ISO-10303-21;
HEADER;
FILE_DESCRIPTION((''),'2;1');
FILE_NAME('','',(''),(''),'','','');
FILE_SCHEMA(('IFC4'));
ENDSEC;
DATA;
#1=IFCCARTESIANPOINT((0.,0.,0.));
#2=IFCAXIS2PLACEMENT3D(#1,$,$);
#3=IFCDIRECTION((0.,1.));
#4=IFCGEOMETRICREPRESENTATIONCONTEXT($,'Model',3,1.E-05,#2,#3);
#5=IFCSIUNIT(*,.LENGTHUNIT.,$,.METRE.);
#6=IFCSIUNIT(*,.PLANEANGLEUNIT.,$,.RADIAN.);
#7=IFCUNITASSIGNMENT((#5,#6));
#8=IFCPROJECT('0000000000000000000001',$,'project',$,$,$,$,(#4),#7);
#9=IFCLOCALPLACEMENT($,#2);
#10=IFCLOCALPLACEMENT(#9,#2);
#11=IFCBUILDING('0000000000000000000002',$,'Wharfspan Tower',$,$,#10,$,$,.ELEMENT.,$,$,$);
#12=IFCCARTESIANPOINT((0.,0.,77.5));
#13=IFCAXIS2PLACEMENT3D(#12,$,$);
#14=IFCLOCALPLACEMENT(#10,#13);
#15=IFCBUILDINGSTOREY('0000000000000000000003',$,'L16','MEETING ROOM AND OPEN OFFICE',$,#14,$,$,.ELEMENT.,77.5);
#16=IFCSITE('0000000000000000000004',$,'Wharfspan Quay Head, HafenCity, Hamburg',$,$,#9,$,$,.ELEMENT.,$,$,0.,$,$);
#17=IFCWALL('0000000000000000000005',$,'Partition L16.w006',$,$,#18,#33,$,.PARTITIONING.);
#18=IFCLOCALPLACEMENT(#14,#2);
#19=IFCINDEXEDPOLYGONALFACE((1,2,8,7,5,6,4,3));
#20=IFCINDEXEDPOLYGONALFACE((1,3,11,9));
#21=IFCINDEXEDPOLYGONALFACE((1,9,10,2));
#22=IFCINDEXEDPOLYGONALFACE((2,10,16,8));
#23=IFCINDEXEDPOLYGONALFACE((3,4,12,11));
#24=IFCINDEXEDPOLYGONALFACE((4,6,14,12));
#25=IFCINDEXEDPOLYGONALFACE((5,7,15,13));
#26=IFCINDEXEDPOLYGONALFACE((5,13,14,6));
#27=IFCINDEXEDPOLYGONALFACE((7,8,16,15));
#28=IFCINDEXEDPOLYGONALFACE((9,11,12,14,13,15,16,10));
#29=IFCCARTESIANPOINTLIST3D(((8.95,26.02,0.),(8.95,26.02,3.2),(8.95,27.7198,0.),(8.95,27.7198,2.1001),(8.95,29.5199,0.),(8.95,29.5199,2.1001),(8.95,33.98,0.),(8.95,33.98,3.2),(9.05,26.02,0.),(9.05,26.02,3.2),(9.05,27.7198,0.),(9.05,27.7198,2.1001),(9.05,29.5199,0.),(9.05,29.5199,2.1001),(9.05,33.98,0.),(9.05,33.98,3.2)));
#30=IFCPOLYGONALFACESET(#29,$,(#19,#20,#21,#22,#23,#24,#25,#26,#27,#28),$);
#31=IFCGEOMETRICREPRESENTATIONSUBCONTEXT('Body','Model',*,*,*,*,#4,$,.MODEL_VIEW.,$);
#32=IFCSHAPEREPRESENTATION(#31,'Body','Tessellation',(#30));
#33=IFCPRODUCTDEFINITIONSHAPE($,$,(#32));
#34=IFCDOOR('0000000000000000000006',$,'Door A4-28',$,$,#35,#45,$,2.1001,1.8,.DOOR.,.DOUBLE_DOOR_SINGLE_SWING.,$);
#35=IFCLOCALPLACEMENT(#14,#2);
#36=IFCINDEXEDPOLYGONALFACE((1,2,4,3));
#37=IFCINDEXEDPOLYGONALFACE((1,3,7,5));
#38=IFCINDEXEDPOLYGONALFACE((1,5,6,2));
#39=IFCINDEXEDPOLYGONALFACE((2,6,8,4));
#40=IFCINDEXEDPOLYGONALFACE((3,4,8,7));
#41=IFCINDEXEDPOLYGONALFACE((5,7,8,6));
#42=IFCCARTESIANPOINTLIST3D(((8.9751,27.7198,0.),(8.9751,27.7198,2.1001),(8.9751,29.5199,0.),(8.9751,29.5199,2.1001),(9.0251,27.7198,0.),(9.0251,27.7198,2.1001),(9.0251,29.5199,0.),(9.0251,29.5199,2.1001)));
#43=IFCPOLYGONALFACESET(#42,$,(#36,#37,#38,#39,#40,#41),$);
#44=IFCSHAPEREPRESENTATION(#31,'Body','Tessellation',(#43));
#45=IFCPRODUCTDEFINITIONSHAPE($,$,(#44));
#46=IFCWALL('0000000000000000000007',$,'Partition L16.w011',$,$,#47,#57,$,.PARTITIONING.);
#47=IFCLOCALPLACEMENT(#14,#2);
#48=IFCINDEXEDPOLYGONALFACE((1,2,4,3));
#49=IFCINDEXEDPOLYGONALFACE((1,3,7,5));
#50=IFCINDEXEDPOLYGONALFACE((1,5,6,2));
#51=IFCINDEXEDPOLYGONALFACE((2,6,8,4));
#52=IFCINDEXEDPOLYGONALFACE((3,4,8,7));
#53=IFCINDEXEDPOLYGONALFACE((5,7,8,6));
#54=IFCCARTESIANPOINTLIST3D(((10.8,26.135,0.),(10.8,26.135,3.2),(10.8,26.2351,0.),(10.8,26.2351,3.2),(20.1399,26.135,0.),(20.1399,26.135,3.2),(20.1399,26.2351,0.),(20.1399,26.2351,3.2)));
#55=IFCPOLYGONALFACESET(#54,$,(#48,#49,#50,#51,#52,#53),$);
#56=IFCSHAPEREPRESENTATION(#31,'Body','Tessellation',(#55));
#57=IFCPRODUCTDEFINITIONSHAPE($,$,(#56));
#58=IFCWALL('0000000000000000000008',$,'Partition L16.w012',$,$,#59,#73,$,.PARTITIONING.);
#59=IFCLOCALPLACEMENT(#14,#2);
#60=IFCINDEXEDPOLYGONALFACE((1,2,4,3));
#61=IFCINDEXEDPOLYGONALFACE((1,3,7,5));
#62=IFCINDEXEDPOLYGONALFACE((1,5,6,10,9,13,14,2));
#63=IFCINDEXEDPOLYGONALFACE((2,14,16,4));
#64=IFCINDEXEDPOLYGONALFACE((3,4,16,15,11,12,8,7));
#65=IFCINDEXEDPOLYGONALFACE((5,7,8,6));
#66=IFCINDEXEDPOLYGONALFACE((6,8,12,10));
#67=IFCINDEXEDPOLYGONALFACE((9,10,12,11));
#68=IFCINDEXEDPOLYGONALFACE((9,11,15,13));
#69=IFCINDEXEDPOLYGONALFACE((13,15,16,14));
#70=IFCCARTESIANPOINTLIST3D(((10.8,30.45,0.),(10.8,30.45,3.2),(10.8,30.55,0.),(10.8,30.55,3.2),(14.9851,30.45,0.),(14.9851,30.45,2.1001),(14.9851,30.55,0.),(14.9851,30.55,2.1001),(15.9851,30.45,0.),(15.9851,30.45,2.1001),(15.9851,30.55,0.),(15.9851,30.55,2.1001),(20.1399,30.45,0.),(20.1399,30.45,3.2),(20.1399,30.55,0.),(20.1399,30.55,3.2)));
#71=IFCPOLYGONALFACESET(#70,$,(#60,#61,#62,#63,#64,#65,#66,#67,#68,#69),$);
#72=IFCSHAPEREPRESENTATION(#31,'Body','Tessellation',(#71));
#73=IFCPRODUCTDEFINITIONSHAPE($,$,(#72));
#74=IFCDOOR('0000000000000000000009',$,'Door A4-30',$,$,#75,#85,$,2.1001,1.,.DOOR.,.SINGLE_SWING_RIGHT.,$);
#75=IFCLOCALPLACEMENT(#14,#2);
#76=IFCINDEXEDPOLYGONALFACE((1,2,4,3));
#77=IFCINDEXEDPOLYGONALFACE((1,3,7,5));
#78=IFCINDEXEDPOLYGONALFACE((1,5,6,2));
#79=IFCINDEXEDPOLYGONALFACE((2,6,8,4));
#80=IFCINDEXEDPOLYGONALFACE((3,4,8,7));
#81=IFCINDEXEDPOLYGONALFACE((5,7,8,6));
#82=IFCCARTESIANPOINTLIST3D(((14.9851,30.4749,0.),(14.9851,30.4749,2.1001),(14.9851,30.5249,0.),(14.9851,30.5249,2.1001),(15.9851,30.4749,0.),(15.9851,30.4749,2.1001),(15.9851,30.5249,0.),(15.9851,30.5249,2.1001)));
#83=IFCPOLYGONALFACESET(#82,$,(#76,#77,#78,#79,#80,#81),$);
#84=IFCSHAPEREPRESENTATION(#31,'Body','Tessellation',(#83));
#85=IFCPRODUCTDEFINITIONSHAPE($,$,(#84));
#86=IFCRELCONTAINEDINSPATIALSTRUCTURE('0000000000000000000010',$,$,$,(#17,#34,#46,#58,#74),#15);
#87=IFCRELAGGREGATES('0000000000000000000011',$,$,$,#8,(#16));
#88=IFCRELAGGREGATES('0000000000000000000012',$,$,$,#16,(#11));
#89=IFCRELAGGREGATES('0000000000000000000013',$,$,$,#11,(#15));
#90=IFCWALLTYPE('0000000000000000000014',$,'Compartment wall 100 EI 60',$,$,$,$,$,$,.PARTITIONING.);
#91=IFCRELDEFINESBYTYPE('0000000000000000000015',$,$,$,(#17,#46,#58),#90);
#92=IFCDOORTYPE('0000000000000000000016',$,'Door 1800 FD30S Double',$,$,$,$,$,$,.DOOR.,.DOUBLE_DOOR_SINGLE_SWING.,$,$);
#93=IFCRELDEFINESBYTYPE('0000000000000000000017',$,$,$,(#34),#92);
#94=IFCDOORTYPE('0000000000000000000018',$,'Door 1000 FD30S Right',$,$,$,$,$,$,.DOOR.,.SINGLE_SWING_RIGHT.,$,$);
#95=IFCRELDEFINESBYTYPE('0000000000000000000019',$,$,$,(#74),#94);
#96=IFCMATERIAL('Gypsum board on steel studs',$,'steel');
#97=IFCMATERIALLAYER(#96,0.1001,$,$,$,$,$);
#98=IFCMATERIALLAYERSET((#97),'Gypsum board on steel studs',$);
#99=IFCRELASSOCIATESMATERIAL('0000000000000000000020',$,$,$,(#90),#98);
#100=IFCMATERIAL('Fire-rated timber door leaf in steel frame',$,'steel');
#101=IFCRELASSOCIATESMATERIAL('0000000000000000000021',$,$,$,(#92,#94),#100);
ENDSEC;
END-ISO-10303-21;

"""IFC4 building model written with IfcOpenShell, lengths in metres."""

from ifc_helpers import new_model, si_unit, direction, frame, frame_2d, origin, place, context, subcontext, project, spatial, rectangle, extrude, material, layer, layer_set, type_object, element, fill, save


model = new_model("IFC4")

# Units and contexts
model_context = context("Model", 3, precision=1e-05, world=origin(), true_north=direction((0.0, 1.0)))
body_context = subcontext(model_context, "Body", "Model", "MODEL_VIEW")
ifc_project = project(units=[si_unit("LENGTHUNIT", "METRE"), si_unit("PLANEANGLEUNIT", "RADIAN")], contexts=[model_context])

# Site, building, storey
site_placement = place(None, origin())
site = spatial("IfcSite", under=ifc_project, at=site_placement, Name="Wharfspan Quay Head, HafenCity, Hamburg", CompositionType="ELEMENT", RefElevation=0.0)
building_placement = place(site_placement, origin())
building = spatial("IfcBuilding", under=site, at=building_placement, Name="Wharfspan Tower", CompositionType="ELEMENT")
storey_placement = place(building_placement, frame((0.0, 0.0, 77.5)))
storey = spatial("IfcBuildingStorey", under=building, at=storey_placement, Name="L16", Description="MEETING ROOM AND OPEN OFFICE", CompositionType="ELEMENT", Elevation=77.5)

# Wall, opening, door
ifc_material_1 = material(Name="Gypsum board on steel studs", Category="steel")
ifc_layer = layer(ifc_material_1, 0.1001)
ifc_layer_set = layer_set([ifc_layer], Name="Gypsum board on steel studs")
wall_type = type_object("IfcWallType", Name="Compartment wall 100 EI 60", PredefinedType="PARTITIONING", material=ifc_layer_set)
wall_1_placement = place(storey_placement, frame((9.0, 26.02, 0.0), z_axis=(0.0, 0.0, 1.0), x_axis=(0.0, 1.0, 0.0)))
wall_1 = element("IfcWall", 1, at=wall_1_placement, inside=storey, type_object=wall_type, Name="Partition L16.w006", PredefinedType="PARTITIONING", context=body_context, shape_type="SweptSolid", body=[
    extrude(rectangle(XDim=7.96, YDim=0.1001, at=frame_2d((3.98, 0.0))), origin(), (0.0, 0.0, 1.0), 3.2),
])
opening_1_placement = place(wall_1_placement, frame((1.7, 0.0, 0.0)))
opening_1 = element("IfcOpeningElement", 2, at=opening_1_placement, cuts=wall_1, PredefinedType="OPENING", context=body_context, shape_type="SweptSolid", body=[
    extrude(rectangle(XDim=1.8, YDim=2.1001, at=frame_2d((0.8999, 1.05))), frame((0.0, 0.0601, 0.0), z_axis=(0.0, -1.0, 0.0), x_axis=(1.0, 0.0, 0.0)), (0.0, 0.0, 1.0), 0.1201),
])
ifc_material_2 = material(Name="Fire-rated timber door leaf in steel frame", Category="steel")
door_type_1 = type_object("IfcDoorType", Name="Door 1800 FD30S Double", OperationType="DOUBLE_DOOR_SINGLE_SWING", PredefinedType="DOOR", material=ifc_material_2)
door_1_placement = place(opening_1_placement, origin())
door_1 = element("IfcDoor", 3, at=door_1_placement, inside=storey, type_object=door_type_1, Name="Door A4-28", OperationType="DOUBLE_DOOR_SINGLE_SWING", OverallHeight=2.1001, OverallWidth=1.8, PredefinedType="DOOR", context=body_context, shape_type="SweptSolid", body=[
    extrude(rectangle(XDim=1.8, YDim=2.1001, at=frame_2d((0.8999, 1.05))), frame((0.0, 0.0249, 0.0), z_axis=(0.0, -1.0, 0.0), x_axis=(1.0, 0.0, 0.0)), (0.0, 0.0, 1.0), 0.05),
])
fill(opening_1, door_1)

# Wall
wall_2_placement = place(storey_placement, frame((10.8, 26.1851, 0.0), z_axis=(0.0, 0.0, 1.0), x_axis=(1.0, 0.0, 0.0)))
element("IfcWall", 4, at=wall_2_placement, inside=storey, type_object=wall_type, Name="Partition L16.w011", PredefinedType="PARTITIONING", context=body_context, shape_type="SweptSolid", body=[
    extrude(rectangle(XDim=9.3398, YDim=0.1001, at=frame_2d((4.6699, 0.0))), origin(), (0.0, 0.0, 1.0), 3.2),
])

# Wall, opening, door
wall_3_placement = place(storey_placement, frame((10.8, 30.5, 0.0), z_axis=(0.0, 0.0, 1.0), x_axis=(1.0, 0.0, 0.0)))
wall_3 = element("IfcWall", 5, at=wall_3_placement, inside=storey, type_object=wall_type, Name="Partition L16.w012", PredefinedType="PARTITIONING", context=body_context, shape_type="SweptSolid", body=[
    extrude(rectangle(XDim=9.3398, YDim=0.1001, at=frame_2d((4.6699, 0.0))), origin(), (0.0, 0.0, 1.0), 3.2),
])
opening_2_placement = place(wall_3_placement, frame((4.1851, 0.0, 0.0)))
opening_2 = element("IfcOpeningElement", 6, at=opening_2_placement, cuts=wall_3, PredefinedType="OPENING", context=body_context, shape_type="SweptSolid", body=[
    extrude(rectangle(XDim=1.0, YDim=2.1001, at=frame_2d((0.5, 1.05))), frame((0.0, 0.0601, 0.0), z_axis=(0.0, -1.0, 0.0), x_axis=(1.0, 0.0, 0.0)), (0.0, 0.0, 1.0), 0.1201),
])
door_type_2 = type_object("IfcDoorType", Name="Door 1000 FD30S Right", OperationType="SINGLE_SWING_RIGHT", PredefinedType="DOOR", material=ifc_material_2)
door_2_placement = place(opening_2_placement, origin())
door_2 = element("IfcDoor", 7, at=door_2_placement, inside=storey, type_object=door_type_2, Name="Door A4-30", OperationType="SINGLE_SWING_RIGHT", OverallHeight=2.1001, OverallWidth=1.0, PredefinedType="DOOR", context=body_context, shape_type="SweptSolid", body=[
    extrude(rectangle(XDim=1.0, YDim=2.1001, at=frame_2d((0.5, 1.05))), frame((0.0, 0.0249, 0.0), z_axis=(0.0, -1.0, 0.0), x_axis=(1.0, 0.0, 0.0)), (0.0, 0.0, 1.0), 0.05),
])
fill(opening_2, door_2)

save(model, "model.ifc")
